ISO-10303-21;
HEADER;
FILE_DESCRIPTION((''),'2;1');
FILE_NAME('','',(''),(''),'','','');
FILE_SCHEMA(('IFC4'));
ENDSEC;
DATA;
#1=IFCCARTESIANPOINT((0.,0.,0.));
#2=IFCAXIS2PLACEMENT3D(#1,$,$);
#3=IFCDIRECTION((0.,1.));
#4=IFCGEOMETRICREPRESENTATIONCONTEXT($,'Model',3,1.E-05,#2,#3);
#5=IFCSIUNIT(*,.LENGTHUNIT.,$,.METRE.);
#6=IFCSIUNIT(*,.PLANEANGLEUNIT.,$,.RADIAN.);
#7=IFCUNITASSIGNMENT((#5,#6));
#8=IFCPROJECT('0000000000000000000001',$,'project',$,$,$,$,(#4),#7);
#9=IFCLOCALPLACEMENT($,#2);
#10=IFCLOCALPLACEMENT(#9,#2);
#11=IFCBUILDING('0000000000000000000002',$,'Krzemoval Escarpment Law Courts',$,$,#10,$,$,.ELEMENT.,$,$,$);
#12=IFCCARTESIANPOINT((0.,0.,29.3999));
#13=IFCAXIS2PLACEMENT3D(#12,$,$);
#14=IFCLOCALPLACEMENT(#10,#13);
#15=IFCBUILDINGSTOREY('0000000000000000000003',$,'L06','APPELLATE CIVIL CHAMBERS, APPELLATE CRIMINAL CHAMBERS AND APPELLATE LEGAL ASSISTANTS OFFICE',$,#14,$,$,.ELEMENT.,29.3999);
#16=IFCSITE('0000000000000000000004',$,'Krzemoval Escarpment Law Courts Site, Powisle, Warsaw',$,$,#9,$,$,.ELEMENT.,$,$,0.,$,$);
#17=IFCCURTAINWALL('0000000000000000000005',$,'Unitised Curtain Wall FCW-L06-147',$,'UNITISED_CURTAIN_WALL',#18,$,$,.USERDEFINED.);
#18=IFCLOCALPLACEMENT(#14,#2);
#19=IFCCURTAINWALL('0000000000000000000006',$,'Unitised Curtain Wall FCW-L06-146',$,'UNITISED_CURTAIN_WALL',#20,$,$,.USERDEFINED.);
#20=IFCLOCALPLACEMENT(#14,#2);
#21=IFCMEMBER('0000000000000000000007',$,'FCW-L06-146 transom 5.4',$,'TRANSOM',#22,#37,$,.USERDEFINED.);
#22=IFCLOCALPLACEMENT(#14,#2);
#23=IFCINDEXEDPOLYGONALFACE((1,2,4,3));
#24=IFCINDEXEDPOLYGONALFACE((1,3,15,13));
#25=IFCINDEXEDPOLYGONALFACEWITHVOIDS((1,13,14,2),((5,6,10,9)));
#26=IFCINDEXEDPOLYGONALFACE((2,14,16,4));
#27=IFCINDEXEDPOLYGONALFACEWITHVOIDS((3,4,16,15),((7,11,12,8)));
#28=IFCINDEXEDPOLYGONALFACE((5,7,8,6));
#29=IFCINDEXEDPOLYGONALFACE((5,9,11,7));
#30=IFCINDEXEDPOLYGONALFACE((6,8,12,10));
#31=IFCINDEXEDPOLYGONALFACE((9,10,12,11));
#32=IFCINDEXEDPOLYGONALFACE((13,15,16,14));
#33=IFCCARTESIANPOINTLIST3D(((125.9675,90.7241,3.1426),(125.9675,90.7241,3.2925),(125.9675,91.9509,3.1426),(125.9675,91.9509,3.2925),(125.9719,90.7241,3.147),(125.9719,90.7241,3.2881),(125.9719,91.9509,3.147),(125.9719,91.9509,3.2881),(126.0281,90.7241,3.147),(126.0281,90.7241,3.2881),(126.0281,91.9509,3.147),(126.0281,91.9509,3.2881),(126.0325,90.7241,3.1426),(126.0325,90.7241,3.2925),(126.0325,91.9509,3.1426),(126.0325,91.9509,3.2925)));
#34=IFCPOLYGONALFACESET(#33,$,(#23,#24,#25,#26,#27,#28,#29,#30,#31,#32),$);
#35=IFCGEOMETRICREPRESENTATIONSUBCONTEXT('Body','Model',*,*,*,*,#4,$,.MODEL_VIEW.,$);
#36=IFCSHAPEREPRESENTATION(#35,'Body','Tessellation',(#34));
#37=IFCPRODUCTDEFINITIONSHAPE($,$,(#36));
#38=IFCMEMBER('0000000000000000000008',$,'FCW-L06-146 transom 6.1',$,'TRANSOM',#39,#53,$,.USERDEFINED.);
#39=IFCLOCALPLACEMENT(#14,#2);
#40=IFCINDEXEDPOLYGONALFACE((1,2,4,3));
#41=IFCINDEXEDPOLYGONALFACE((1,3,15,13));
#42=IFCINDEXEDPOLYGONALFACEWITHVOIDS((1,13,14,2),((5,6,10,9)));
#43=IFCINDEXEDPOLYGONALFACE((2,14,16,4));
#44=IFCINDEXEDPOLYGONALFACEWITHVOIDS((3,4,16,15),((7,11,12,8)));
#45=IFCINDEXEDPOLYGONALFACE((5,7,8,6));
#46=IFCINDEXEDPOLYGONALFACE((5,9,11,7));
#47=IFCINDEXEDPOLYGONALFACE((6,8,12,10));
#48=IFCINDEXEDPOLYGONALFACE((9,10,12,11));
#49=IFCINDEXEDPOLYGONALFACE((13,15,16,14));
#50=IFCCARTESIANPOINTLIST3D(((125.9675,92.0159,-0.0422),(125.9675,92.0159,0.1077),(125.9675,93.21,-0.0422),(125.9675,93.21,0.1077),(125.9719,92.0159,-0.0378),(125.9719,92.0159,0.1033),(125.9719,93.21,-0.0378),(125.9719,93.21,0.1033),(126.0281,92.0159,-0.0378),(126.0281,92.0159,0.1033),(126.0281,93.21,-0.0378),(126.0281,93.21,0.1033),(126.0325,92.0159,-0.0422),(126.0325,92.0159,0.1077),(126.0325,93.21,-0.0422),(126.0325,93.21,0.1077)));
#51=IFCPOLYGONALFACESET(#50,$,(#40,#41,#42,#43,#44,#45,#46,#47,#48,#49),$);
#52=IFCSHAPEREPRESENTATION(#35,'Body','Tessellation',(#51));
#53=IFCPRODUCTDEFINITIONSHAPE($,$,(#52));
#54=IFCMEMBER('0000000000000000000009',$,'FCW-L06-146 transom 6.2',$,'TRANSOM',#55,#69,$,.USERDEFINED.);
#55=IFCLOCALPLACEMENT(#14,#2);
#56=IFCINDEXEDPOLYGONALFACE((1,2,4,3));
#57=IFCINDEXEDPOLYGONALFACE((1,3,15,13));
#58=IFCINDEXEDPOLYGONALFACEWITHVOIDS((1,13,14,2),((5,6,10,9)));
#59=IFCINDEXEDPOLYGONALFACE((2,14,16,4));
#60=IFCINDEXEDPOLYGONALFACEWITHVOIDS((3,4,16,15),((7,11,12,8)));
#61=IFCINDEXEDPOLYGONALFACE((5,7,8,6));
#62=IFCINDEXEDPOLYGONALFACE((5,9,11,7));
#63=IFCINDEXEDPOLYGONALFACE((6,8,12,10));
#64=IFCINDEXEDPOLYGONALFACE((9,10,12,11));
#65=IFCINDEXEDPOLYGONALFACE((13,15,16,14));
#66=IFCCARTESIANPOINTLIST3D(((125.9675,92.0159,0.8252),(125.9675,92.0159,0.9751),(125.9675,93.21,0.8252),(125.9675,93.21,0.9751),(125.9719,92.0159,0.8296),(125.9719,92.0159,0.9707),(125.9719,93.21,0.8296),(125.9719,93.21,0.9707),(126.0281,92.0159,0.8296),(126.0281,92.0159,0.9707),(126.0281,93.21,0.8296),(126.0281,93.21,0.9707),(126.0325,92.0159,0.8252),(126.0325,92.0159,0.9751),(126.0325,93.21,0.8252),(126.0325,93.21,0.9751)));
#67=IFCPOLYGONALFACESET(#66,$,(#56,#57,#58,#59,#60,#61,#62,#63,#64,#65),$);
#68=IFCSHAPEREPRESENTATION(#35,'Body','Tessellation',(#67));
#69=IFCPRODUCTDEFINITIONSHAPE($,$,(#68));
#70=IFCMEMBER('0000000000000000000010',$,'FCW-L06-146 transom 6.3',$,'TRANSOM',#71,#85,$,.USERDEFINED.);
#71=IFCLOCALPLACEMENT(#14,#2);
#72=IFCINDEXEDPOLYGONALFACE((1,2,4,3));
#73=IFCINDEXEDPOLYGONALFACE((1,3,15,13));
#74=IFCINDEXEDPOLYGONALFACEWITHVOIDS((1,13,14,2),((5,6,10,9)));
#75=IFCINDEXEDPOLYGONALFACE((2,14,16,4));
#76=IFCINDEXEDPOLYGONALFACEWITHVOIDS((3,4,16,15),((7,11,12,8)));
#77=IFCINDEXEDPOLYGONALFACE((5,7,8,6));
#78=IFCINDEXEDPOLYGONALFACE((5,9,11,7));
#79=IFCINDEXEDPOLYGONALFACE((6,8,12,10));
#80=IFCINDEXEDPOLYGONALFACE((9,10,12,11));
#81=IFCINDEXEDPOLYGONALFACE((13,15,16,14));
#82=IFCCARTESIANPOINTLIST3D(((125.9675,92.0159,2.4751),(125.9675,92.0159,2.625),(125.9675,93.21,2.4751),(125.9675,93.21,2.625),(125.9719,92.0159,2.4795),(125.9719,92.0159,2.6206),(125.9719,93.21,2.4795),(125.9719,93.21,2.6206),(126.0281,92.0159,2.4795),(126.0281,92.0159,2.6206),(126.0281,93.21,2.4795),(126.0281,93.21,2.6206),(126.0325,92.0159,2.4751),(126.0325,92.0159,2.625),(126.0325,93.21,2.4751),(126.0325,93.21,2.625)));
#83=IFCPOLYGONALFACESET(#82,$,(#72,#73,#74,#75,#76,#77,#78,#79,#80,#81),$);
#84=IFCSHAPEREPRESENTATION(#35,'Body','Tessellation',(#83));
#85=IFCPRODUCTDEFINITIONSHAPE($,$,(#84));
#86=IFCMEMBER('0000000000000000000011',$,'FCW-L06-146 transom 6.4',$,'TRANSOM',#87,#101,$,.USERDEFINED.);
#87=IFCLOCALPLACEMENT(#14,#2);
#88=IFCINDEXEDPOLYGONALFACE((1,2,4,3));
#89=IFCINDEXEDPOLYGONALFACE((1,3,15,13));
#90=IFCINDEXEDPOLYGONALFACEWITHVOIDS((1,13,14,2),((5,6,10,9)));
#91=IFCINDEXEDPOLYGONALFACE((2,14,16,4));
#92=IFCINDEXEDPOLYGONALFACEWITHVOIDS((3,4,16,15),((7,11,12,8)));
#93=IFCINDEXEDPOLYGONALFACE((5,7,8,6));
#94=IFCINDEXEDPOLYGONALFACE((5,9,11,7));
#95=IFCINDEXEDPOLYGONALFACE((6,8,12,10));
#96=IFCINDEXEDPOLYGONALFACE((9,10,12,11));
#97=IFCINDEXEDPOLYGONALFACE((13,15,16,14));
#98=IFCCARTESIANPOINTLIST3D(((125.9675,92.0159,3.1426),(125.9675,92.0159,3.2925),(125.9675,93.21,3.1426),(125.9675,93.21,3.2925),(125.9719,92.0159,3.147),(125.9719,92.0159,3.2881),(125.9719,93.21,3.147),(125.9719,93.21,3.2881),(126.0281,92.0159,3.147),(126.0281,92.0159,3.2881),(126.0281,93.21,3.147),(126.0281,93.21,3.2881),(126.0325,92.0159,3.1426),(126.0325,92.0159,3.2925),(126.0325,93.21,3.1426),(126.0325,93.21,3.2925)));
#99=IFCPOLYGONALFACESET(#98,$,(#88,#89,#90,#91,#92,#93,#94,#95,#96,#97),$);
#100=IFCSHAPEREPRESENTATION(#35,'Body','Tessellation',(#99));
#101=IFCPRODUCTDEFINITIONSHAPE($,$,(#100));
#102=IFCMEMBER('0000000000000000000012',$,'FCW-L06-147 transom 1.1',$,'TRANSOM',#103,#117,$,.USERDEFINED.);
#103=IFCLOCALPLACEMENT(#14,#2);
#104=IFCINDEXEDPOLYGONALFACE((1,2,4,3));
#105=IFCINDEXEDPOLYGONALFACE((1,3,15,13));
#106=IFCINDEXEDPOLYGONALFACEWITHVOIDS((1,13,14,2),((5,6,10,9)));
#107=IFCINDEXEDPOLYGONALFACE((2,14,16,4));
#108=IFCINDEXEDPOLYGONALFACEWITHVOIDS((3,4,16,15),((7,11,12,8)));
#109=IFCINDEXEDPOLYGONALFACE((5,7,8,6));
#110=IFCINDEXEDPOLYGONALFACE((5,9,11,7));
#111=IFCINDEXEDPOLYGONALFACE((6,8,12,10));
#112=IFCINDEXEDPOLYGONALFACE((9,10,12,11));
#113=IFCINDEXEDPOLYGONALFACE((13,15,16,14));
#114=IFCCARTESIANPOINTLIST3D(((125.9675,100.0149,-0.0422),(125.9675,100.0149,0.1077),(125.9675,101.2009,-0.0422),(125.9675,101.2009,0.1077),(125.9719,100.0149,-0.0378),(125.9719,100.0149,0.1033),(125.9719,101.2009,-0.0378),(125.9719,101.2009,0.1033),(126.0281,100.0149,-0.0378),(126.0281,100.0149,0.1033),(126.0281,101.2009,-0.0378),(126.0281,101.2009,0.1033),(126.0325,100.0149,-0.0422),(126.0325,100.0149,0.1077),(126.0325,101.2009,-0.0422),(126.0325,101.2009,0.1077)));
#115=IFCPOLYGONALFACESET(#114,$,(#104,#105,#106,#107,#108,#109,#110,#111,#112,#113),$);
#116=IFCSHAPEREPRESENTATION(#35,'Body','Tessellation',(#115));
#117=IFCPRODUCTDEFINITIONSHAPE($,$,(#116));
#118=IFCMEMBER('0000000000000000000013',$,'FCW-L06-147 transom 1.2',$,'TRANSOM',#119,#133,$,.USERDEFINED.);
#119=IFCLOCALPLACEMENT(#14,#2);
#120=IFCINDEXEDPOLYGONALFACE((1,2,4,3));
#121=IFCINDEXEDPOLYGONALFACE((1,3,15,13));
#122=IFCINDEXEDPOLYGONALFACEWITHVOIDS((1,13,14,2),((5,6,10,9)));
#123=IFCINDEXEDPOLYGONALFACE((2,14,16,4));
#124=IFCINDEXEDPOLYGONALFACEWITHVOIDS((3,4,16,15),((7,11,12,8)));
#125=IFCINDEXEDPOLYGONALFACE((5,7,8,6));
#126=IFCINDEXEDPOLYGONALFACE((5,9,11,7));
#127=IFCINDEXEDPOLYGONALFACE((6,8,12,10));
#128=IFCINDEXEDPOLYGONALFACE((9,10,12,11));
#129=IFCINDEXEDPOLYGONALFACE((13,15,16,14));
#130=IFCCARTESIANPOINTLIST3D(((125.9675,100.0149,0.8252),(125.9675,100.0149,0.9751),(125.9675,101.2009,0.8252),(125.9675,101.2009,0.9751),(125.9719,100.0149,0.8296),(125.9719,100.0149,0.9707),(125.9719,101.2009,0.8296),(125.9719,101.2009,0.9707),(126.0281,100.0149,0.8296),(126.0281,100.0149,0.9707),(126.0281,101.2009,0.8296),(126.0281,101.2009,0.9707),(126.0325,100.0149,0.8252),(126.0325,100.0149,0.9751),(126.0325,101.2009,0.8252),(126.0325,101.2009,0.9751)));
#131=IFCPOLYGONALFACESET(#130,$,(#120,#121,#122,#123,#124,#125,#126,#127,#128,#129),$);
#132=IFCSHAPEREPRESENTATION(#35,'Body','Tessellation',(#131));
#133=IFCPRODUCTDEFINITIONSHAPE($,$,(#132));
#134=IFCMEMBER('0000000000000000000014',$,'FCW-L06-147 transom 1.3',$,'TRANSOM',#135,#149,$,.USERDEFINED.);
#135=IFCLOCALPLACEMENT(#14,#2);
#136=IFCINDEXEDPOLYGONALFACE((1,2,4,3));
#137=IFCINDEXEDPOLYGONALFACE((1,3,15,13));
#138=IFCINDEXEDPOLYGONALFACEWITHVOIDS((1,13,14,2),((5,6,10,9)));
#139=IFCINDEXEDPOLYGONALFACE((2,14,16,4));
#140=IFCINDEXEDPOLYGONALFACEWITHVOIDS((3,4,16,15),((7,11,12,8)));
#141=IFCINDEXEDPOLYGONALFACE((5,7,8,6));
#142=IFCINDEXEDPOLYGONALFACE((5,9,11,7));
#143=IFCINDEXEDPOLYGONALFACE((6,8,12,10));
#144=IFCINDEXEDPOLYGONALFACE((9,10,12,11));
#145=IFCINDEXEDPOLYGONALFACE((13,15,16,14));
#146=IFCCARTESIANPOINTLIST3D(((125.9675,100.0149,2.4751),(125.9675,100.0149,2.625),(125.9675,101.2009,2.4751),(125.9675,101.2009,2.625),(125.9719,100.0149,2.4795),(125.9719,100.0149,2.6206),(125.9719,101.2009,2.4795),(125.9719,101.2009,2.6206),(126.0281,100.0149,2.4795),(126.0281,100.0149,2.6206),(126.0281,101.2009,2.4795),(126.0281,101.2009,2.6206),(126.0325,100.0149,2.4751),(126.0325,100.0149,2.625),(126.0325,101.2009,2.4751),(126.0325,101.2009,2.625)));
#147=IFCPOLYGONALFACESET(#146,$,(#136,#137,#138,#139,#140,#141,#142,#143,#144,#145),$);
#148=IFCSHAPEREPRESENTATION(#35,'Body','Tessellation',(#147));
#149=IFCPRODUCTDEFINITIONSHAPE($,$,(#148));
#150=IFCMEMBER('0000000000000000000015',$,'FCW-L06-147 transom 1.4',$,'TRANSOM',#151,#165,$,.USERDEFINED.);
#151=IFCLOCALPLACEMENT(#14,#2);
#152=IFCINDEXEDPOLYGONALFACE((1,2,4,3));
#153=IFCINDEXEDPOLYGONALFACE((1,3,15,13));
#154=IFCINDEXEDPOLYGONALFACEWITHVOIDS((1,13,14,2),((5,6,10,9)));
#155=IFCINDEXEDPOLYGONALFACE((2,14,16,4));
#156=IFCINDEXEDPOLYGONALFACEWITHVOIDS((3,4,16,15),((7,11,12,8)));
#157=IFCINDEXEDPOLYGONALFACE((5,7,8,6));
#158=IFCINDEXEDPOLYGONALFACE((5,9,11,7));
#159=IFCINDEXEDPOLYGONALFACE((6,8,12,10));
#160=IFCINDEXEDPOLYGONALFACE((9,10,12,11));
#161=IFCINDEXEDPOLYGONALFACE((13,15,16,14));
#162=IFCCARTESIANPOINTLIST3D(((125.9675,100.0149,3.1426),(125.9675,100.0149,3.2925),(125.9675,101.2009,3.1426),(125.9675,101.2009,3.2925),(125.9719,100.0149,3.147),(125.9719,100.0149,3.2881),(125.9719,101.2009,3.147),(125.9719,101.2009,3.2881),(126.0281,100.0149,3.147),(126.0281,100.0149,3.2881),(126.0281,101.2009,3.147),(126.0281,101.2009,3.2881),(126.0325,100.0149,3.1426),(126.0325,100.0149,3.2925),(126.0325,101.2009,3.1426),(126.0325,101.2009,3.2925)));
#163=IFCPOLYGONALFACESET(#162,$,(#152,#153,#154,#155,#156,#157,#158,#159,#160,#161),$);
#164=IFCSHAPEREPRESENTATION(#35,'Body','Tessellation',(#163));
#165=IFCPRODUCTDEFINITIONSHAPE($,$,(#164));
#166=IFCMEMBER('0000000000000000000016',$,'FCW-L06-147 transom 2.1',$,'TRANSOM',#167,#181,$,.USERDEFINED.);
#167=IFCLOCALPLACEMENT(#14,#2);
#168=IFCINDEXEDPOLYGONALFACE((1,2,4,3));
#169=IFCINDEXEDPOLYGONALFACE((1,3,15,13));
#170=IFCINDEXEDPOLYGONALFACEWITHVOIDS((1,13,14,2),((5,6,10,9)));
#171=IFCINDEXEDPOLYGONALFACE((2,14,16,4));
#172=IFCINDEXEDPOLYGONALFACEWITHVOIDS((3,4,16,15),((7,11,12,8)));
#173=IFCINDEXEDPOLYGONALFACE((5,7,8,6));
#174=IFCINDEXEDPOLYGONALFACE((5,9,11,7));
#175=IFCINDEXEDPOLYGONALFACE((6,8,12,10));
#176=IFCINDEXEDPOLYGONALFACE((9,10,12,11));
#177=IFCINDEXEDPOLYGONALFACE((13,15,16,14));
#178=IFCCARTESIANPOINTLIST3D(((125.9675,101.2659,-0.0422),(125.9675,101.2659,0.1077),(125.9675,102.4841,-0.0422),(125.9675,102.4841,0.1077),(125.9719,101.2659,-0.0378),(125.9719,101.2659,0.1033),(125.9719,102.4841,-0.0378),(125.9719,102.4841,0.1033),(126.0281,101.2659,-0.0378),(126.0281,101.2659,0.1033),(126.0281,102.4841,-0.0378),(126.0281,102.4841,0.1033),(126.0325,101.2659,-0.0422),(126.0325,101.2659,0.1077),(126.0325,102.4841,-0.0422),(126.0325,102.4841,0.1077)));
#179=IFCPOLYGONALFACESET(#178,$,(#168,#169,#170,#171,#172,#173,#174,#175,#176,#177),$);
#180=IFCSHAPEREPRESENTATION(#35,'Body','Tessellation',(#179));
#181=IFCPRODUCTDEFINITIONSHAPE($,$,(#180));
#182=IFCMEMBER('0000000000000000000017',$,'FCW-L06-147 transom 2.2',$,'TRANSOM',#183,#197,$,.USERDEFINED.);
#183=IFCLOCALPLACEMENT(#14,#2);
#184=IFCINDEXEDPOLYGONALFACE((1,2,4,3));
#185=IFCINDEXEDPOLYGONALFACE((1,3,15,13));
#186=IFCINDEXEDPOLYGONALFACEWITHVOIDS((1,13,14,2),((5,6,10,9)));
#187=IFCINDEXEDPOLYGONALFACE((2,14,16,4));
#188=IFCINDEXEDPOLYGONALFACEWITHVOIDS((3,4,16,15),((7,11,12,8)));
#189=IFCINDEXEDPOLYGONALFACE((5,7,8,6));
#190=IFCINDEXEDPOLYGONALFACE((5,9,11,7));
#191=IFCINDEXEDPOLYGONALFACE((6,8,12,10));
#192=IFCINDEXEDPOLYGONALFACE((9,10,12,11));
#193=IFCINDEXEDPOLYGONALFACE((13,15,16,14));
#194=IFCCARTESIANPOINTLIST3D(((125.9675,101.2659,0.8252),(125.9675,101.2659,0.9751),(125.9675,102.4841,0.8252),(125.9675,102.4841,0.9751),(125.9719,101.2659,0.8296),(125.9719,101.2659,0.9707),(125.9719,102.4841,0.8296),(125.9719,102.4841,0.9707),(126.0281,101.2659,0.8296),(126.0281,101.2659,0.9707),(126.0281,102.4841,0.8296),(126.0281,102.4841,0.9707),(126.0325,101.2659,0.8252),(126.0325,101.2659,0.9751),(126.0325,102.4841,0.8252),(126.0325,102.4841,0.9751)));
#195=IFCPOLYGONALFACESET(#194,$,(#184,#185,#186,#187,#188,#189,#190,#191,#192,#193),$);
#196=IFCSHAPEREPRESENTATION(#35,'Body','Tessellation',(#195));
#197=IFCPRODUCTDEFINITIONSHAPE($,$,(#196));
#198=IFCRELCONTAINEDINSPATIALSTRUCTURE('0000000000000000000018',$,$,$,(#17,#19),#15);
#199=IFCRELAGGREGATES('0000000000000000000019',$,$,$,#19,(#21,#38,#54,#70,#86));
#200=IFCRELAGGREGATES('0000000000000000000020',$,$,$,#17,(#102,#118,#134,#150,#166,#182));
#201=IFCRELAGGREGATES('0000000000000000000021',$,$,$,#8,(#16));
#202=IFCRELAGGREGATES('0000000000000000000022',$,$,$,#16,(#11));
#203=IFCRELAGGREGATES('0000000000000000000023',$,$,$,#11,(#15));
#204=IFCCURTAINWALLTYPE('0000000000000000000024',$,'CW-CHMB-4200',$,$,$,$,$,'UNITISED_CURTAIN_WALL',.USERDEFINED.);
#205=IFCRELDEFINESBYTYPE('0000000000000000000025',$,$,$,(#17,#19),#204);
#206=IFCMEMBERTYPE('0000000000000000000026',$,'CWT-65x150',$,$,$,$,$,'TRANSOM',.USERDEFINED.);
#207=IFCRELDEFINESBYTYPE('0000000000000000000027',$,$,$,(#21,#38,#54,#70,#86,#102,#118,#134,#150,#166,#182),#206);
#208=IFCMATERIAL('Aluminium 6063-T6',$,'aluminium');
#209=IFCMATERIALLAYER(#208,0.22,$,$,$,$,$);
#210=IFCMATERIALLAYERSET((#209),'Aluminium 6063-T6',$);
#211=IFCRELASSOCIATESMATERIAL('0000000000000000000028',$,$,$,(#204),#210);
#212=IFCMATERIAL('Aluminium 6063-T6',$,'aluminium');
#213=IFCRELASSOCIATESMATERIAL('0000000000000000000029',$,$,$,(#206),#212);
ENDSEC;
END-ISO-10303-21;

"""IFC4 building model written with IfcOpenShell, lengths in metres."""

from ifc_helpers import new_model, si_unit, direction, frame, origin, origin_2d, place, context, subcontext, project, spatial, hollow_rectangle, extrude, material, layer, layer_set, material_profile, profile_set, type_object, element, aggregate, save


model = new_model("IFC4")

# Units and contexts
model_context = context("Model", 3, precision=1e-05, world=origin(), true_north=direction((0.0, 1.0)))
body_context = subcontext(model_context, "Body", "Model", "MODEL_VIEW")
ifc_project = project(units=[si_unit("LENGTHUNIT", "METRE"), si_unit("PLANEANGLEUNIT", "RADIAN")], contexts=[model_context])

# Site, building, storey
site_placement = place(None, origin())
site = spatial("IfcSite", under=ifc_project, at=site_placement, Name="Krzemoval Escarpment Law Courts Site, Powisle, Warsaw", CompositionType="ELEMENT", RefElevation=0.0)
building_placement = place(site_placement, origin())
building = spatial("IfcBuilding", under=site, at=building_placement, Name="Krzemoval Escarpment Law Courts", CompositionType="ELEMENT")
storey_placement = place(building_placement, frame((0.0, 0.0, 29.3999)))
storey = spatial("IfcBuildingStorey", under=building, at=storey_placement, Name="L06", Description="APPELLATE CIVIL CHAMBERS, APPELLATE CRIMINAL CHAMBERS AND APPELLATE LEGAL ASSISTANTS OFFICE", CompositionType="ELEMENT", Elevation=29.3999)

# Curtain walls, members
ifc_material_1 = material(Name="Aluminium 6063-T6", Category="aluminium")
ifc_layer_1 = layer(ifc_material_1, 0.22)
ifc_layer_set_1 = layer_set([ifc_layer_1], Name="Aluminium 6063-T6")
curtain_wall_type = type_object("IfcCurtainWallType", Name="CW-CHMB-4200", ElementType="UNITISED_CURTAIN_WALL", PredefinedType="USERDEFINED", material=ifc_layer_set_1)
curtain_wall_1_placement = place(storey_placement, origin())
curtain_wall_1 = element("IfcCurtainWall", 1, at=curtain_wall_1_placement, inside=storey, type_object=curtain_wall_type, Name="Unitised Curtain Wall FCW-L06-147", ObjectType="UNITISED_CURTAIN_WALL", PredefinedType="USERDEFINED")
curtain_wall_2_placement = place(storey_placement, origin())
curtain_wall_2 = element("IfcCurtainWall", 2, at=curtain_wall_2_placement, inside=storey, type_object=curtain_wall_type, Name="Unitised Curtain Wall FCW-L06-146", ObjectType="UNITISED_CURTAIN_WALL", PredefinedType="USERDEFINED")
ifc_material_2 = material(Name="Aluminium 6063-T6", Category="aluminium")
ifc_material_profile_1 = material_profile(ifc_material_2, hollow_rectangle(XDim=0.0649, YDim=0.1499, WallThickness=0.0044, at=origin_2d()), Name="ALU T65x150")
ifc_profile_set_1 = profile_set([ifc_material_profile_1], Name="Aluminium 6063-T6")
member_type_1 = type_object("IfcMemberType", Name="CWT-65x150", ElementType="TRANSOM", PredefinedType="USERDEFINED", material=ifc_profile_set_1)
member_1_placement = place(storey_placement, frame((126.0, 90.7241, 3.2175), z_axis=(0.0, 1.0, 0.0), x_axis=(-1.0, 0.0, 0.0)))
member_1 = element("IfcMember", 3, at=member_1_placement, type_object=member_type_1, Name="FCW-L06-146 transom 5.4", ObjectType="TRANSOM", PredefinedType="USERDEFINED", context=body_context, shape_type="SweptSolid", body=[
    extrude(hollow_rectangle(XDim=0.0649, YDim=0.1499, WallThickness=0.0044, at=origin_2d()), origin(), (0.0, 0.0, 1.0), 1.2268),
])
member_2_placement = place(storey_placement, frame((126.0, 92.0159, 0.0327), z_axis=(0.0, 1.0, 0.0), x_axis=(-1.0, 0.0, 0.0)))
member_2 = element("IfcMember", 4, at=member_2_placement, type_object=member_type_1, Name="FCW-L06-146 transom 6.1", ObjectType="TRANSOM", PredefinedType="USERDEFINED", context=body_context, shape_type="SweptSolid", body=[
    extrude(hollow_rectangle(XDim=0.0649, YDim=0.1499, WallThickness=0.0044, at=origin_2d()), origin(), (0.0, 0.0, 1.0), 1.1941),
])
member_3_placement = place(storey_placement, frame((126.0, 92.0159, 0.9001), z_axis=(0.0, 1.0, 0.0), x_axis=(-1.0, 0.0, 0.0)))
member_3 = element("IfcMember", 5, at=member_3_placement, type_object=member_type_1, Name="FCW-L06-146 transom 6.2", ObjectType="TRANSOM", PredefinedType="USERDEFINED", context=body_context, shape_type="SweptSolid", body=[
    extrude(hollow_rectangle(XDim=0.0649, YDim=0.1499, WallThickness=0.0044, at=origin_2d()), origin(), (0.0, 0.0, 1.0), 1.1941),
])
member_4_placement = place(storey_placement, frame((126.0, 92.0159, 2.55), z_axis=(0.0, 1.0, 0.0), x_axis=(-1.0, 0.0, 0.0)))
member_4 = element("IfcMember", 6, at=member_4_placement, type_object=member_type_1, Name="FCW-L06-146 transom 6.3", ObjectType="TRANSOM", PredefinedType="USERDEFINED", context=body_context, shape_type="SweptSolid", body=[
    extrude(hollow_rectangle(XDim=0.0649, YDim=0.1499, WallThickness=0.0044, at=origin_2d()), origin(), (0.0, 0.0, 1.0), 1.1941),
])
member_5_placement = place(storey_placement, frame((126.0, 92.0159, 3.2175), z_axis=(0.0, 1.0, 0.0), x_axis=(-1.0, 0.0, 0.0)))
member_5 = element("IfcMember", 7, at=member_5_placement, type_object=member_type_1, Name="FCW-L06-146 transom 6.4", ObjectType="TRANSOM", PredefinedType="USERDEFINED", context=body_context, shape_type="SweptSolid", body=[
    extrude(hollow_rectangle(XDim=0.0649, YDim=0.1499, WallThickness=0.0044, at=origin_2d()), origin(), (0.0, 0.0, 1.0), 1.1941),
])

# Members
member_6_placement = place(storey_placement, frame((126.0, 100.0149, 0.0327), z_axis=(0.0, 1.0, 0.0), x_axis=(-1.0, 0.0, 0.0)))
member_6 = element("IfcMember", 8, at=member_6_placement, type_object=member_type_1, Name="FCW-L06-147 transom 1.1", ObjectType="TRANSOM", PredefinedType="USERDEFINED", context=body_context, shape_type="SweptSolid", body=[
    extrude(hollow_rectangle(XDim=0.0649, YDim=0.1499, WallThickness=0.0044, at=origin_2d()), origin(), (0.0, 0.0, 1.0), 1.186),
])
member_7_placement = place(storey_placement, frame((126.0, 100.0149, 0.9001), z_axis=(0.0, 1.0, 0.0), x_axis=(-1.0, 0.0, 0.0)))
member_7 = element("IfcMember", 9, at=member_7_placement, type_object=member_type_1, Name="FCW-L06-147 transom 1.2", ObjectType="TRANSOM", PredefinedType="USERDEFINED", context=body_context, shape_type="SweptSolid", body=[
    extrude(hollow_rectangle(XDim=0.0649, YDim=0.1499, WallThickness=0.0044, at=origin_2d()), origin(), (0.0, 0.0, 1.0), 1.186),
])
member_8_placement = place(storey_placement, frame((126.0, 100.0149, 2.55), z_axis=(0.0, 1.0, 0.0), x_axis=(-1.0, 0.0, 0.0)))
member_8 = element("IfcMember", 10, at=member_8_placement, type_object=member_type_1, Name="FCW-L06-147 transom 1.3", ObjectType="TRANSOM", PredefinedType="USERDEFINED", context=body_context, shape_type="SweptSolid", body=[
    extrude(hollow_rectangle(XDim=0.0649, YDim=0.1499, WallThickness=0.0044, at=origin_2d()), origin(), (0.0, 0.0, 1.0), 1.186),
])
member_9_placement = place(storey_placement, frame((126.0, 100.0149, 3.2175), z_axis=(0.0, 1.0, 0.0), x_axis=(-1.0, 0.0, 0.0)))
member_9 = element("IfcMember", 11, at=member_9_placement, type_object=member_type_1, Name="FCW-L06-147 transom 1.4", ObjectType="TRANSOM", PredefinedType="USERDEFINED", context=body_context, shape_type="SweptSolid", body=[
    extrude(hollow_rectangle(XDim=0.0649, YDim=0.1499, WallThickness=0.0044, at=origin_2d()), origin(), (0.0, 0.0, 1.0), 1.186),
])
member_10_placement = place(storey_placement, frame((126.0, 101.2659, 0.0327), z_axis=(0.0, 1.0, 0.0), x_axis=(-1.0, 0.0, 0.0)))
member_10 = element("IfcMember", 12, at=member_10_placement, type_object=member_type_1, Name="FCW-L06-147 transom 2.1", ObjectType="TRANSOM", PredefinedType="USERDEFINED", context=body_context, shape_type="SweptSolid", body=[
    extrude(hollow_rectangle(XDim=0.0649, YDim=0.1499, WallThickness=0.0044, at=origin_2d()), origin(), (0.0, 0.0, 1.0), 1.2183),
])
member_11_placement = place(storey_placement, frame((126.0, 101.2659, 0.9001), z_axis=(0.0, 1.0, 0.0), x_axis=(-1.0, 0.0, 0.0)))
member_11 = element("IfcMember", 13, at=member_11_placement, type_object=member_type_1, Name="FCW-L06-147 transom 2.2", ObjectType="TRANSOM", PredefinedType="USERDEFINED", context=body_context, shape_type="SweptSolid", body=[
    extrude(hollow_rectangle(XDim=0.0649, YDim=0.1499, WallThickness=0.0044, at=origin_2d()), origin(), (0.0, 0.0, 1.0), 1.2183),
])

aggregate(curtain_wall_2, [member_1, member_2, member_3, member_4, member_5])
aggregate(curtain_wall_1, [member_6, member_7, member_8, member_9, member_10, member_11])

save(model, "model.ifc")
